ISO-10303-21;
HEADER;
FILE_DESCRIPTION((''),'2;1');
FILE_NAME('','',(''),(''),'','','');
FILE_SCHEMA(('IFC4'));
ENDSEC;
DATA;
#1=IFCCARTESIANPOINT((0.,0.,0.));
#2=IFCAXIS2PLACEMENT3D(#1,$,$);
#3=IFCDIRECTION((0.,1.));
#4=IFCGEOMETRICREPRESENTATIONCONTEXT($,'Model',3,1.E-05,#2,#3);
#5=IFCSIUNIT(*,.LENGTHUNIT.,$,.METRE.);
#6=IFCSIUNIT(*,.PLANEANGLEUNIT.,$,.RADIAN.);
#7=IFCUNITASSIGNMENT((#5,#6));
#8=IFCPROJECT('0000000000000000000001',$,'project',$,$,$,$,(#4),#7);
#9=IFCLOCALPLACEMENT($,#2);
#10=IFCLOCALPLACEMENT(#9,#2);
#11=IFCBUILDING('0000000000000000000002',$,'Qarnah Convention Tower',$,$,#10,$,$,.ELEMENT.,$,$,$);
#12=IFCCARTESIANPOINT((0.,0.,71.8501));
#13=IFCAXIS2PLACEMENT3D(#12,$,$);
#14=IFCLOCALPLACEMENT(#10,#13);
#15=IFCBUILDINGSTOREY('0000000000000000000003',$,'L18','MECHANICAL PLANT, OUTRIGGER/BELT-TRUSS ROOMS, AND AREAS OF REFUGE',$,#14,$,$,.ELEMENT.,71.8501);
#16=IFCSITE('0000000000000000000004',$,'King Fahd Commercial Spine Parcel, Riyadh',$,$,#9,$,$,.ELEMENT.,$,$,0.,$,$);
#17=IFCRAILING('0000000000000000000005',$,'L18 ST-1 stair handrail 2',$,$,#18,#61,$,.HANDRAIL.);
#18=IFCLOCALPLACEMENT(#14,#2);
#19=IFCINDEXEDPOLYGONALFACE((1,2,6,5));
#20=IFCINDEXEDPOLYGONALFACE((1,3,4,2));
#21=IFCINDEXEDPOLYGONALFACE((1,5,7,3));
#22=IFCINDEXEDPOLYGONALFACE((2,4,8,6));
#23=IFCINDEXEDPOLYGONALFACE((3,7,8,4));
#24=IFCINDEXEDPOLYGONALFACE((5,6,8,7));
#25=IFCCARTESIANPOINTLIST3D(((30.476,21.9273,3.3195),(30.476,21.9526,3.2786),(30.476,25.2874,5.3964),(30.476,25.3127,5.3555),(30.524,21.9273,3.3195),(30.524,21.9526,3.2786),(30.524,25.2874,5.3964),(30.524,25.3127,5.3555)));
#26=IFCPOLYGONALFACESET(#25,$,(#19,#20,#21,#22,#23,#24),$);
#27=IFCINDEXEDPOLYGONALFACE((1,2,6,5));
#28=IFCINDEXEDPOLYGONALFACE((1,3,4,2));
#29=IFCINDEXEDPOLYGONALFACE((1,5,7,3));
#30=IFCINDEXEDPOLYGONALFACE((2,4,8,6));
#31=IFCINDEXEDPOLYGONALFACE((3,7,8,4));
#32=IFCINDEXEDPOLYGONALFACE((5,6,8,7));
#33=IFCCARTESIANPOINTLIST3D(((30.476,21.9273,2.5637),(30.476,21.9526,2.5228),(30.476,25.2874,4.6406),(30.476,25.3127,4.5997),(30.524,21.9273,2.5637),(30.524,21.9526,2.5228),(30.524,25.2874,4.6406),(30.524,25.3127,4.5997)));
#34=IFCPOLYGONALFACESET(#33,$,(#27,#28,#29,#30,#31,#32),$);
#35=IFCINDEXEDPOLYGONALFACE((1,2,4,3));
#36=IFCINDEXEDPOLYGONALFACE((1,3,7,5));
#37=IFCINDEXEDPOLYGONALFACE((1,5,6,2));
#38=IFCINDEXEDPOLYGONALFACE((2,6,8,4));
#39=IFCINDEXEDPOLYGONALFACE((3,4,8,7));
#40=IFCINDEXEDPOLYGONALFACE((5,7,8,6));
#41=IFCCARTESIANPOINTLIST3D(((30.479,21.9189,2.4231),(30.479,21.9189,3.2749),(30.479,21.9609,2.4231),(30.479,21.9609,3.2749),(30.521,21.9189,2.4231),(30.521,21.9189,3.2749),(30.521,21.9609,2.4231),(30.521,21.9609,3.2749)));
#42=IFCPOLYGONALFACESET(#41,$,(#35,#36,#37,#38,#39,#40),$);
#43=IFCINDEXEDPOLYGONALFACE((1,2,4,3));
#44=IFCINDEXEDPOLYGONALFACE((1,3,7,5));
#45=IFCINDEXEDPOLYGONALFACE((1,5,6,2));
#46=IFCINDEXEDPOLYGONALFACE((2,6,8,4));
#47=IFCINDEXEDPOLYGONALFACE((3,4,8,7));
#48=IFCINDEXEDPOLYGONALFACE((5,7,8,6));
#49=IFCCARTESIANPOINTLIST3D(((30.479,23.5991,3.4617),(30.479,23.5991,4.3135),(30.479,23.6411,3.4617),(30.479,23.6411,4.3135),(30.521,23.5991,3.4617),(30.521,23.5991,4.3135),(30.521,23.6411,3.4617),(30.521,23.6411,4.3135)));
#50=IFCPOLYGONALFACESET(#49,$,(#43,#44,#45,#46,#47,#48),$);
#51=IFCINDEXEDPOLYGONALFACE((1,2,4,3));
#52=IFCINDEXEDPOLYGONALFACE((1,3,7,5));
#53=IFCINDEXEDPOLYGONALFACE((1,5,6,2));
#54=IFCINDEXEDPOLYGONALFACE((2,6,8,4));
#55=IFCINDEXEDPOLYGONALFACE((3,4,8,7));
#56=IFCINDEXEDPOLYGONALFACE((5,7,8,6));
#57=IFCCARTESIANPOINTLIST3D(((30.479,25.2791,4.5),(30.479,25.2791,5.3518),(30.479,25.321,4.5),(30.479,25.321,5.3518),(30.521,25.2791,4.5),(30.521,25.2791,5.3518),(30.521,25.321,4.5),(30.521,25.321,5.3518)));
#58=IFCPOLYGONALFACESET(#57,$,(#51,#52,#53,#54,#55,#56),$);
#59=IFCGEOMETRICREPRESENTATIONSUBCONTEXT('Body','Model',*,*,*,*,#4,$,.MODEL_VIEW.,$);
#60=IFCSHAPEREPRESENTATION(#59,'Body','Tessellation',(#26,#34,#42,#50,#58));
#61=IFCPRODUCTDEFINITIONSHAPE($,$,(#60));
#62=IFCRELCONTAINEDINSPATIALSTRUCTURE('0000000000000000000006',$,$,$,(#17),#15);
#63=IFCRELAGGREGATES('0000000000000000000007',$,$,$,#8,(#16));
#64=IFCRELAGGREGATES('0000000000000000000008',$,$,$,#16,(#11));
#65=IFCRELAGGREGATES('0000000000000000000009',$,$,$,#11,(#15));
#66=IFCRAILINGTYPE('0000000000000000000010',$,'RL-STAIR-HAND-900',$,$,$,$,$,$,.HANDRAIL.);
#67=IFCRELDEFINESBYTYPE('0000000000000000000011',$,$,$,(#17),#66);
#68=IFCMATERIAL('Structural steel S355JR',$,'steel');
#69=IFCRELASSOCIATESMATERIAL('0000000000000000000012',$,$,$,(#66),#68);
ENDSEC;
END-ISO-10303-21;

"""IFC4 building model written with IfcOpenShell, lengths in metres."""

from ifc_helpers import new_model, si_unit, direction, frame, origin, origin_2d, place, context, subcontext, project, spatial, rectangle, extrude, material, type_object, element, save


model = new_model("IFC4")

# Units and contexts
model_context = context("Model", 3, precision=1e-05, world=origin(), true_north=direction((0.0, 1.0)))
body_context = subcontext(model_context, "Body", "Model", "MODEL_VIEW")
ifc_project = project(units=[si_unit("LENGTHUNIT", "METRE"), si_unit("PLANEANGLEUNIT", "RADIAN")], contexts=[model_context])

# Site, building, storey
site_placement = place(None, origin())
site = spatial("IfcSite", under=ifc_project, at=site_placement, Name="King Fahd Commercial Spine Parcel, Riyadh", CompositionType="ELEMENT", RefElevation=0.0)
building_placement = place(site_placement, origin())
building = spatial("IfcBuilding", under=site, at=building_placement, Name="Qarnah Convention Tower", CompositionType="ELEMENT")
storey_placement = place(building_placement, frame((0.0, 0.0, 71.8501)))
storey = spatial("IfcBuildingStorey", under=building, at=storey_placement, Name="L18", Description="MECHANICAL PLANT, OUTRIGGER/BELT-TRUSS ROOMS, AND AREAS OF REFUGE", CompositionType="ELEMENT", Elevation=71.8501)

# Shared definitions
ifc_material_1 = material(Name="Structural steel S355JR", Category="steel")

# Railing
railing_type_1 = type_object("IfcRailingType", Name="RL-STAIR-HAND-900", PredefinedType="HANDRAIL", material=ifc_material_1)
railing_1_placement = place(storey_placement, frame((30.5, 21.9399, 2.4231)))
element("IfcRailing", 1, at=railing_1_placement, inside=storey, type_object=railing_type_1, Name="L18 ST-1 stair handrail 2", PredefinedType="HANDRAIL", context=body_context, shape_type="SweptSolid", body=[
    extrude(rectangle(XDim=0.0481, YDim=0.0481, at=origin_2d()), frame((0.0, 0.0, 0.876), z_axis=(0.0, 0.850623, 0.525776), x_axis=(-1.0, 0.0, 0.0)), (0.0, 0.0, 1.0), 3.9502),
    extrude(rectangle(XDim=0.0481, YDim=0.0481, at=origin_2d()), frame((0.0, 0.0, 0.1201), z_axis=(0.0, 0.850623, 0.525776), x_axis=(-1.0, 0.0, 0.0)), (0.0, 0.0, 1.0), 3.9502),
    extrude(rectangle(XDim=0.042, YDim=0.042, at=origin_2d()), origin(), (0.0, 0.0, 1.0), 0.8518),
    extrude(rectangle(XDim=0.042, YDim=0.042, at=origin_2d()), frame((0.0, 1.6802, 1.0386)), (0.0, 0.0, 1.0), 0.8518),
    extrude(rectangle(XDim=0.042, YDim=0.042, at=origin_2d()), frame((0.0, 3.3601, 2.0769)), (0.0, 0.0, 1.0), 0.8518),
])

save(model, "model.ifc")
